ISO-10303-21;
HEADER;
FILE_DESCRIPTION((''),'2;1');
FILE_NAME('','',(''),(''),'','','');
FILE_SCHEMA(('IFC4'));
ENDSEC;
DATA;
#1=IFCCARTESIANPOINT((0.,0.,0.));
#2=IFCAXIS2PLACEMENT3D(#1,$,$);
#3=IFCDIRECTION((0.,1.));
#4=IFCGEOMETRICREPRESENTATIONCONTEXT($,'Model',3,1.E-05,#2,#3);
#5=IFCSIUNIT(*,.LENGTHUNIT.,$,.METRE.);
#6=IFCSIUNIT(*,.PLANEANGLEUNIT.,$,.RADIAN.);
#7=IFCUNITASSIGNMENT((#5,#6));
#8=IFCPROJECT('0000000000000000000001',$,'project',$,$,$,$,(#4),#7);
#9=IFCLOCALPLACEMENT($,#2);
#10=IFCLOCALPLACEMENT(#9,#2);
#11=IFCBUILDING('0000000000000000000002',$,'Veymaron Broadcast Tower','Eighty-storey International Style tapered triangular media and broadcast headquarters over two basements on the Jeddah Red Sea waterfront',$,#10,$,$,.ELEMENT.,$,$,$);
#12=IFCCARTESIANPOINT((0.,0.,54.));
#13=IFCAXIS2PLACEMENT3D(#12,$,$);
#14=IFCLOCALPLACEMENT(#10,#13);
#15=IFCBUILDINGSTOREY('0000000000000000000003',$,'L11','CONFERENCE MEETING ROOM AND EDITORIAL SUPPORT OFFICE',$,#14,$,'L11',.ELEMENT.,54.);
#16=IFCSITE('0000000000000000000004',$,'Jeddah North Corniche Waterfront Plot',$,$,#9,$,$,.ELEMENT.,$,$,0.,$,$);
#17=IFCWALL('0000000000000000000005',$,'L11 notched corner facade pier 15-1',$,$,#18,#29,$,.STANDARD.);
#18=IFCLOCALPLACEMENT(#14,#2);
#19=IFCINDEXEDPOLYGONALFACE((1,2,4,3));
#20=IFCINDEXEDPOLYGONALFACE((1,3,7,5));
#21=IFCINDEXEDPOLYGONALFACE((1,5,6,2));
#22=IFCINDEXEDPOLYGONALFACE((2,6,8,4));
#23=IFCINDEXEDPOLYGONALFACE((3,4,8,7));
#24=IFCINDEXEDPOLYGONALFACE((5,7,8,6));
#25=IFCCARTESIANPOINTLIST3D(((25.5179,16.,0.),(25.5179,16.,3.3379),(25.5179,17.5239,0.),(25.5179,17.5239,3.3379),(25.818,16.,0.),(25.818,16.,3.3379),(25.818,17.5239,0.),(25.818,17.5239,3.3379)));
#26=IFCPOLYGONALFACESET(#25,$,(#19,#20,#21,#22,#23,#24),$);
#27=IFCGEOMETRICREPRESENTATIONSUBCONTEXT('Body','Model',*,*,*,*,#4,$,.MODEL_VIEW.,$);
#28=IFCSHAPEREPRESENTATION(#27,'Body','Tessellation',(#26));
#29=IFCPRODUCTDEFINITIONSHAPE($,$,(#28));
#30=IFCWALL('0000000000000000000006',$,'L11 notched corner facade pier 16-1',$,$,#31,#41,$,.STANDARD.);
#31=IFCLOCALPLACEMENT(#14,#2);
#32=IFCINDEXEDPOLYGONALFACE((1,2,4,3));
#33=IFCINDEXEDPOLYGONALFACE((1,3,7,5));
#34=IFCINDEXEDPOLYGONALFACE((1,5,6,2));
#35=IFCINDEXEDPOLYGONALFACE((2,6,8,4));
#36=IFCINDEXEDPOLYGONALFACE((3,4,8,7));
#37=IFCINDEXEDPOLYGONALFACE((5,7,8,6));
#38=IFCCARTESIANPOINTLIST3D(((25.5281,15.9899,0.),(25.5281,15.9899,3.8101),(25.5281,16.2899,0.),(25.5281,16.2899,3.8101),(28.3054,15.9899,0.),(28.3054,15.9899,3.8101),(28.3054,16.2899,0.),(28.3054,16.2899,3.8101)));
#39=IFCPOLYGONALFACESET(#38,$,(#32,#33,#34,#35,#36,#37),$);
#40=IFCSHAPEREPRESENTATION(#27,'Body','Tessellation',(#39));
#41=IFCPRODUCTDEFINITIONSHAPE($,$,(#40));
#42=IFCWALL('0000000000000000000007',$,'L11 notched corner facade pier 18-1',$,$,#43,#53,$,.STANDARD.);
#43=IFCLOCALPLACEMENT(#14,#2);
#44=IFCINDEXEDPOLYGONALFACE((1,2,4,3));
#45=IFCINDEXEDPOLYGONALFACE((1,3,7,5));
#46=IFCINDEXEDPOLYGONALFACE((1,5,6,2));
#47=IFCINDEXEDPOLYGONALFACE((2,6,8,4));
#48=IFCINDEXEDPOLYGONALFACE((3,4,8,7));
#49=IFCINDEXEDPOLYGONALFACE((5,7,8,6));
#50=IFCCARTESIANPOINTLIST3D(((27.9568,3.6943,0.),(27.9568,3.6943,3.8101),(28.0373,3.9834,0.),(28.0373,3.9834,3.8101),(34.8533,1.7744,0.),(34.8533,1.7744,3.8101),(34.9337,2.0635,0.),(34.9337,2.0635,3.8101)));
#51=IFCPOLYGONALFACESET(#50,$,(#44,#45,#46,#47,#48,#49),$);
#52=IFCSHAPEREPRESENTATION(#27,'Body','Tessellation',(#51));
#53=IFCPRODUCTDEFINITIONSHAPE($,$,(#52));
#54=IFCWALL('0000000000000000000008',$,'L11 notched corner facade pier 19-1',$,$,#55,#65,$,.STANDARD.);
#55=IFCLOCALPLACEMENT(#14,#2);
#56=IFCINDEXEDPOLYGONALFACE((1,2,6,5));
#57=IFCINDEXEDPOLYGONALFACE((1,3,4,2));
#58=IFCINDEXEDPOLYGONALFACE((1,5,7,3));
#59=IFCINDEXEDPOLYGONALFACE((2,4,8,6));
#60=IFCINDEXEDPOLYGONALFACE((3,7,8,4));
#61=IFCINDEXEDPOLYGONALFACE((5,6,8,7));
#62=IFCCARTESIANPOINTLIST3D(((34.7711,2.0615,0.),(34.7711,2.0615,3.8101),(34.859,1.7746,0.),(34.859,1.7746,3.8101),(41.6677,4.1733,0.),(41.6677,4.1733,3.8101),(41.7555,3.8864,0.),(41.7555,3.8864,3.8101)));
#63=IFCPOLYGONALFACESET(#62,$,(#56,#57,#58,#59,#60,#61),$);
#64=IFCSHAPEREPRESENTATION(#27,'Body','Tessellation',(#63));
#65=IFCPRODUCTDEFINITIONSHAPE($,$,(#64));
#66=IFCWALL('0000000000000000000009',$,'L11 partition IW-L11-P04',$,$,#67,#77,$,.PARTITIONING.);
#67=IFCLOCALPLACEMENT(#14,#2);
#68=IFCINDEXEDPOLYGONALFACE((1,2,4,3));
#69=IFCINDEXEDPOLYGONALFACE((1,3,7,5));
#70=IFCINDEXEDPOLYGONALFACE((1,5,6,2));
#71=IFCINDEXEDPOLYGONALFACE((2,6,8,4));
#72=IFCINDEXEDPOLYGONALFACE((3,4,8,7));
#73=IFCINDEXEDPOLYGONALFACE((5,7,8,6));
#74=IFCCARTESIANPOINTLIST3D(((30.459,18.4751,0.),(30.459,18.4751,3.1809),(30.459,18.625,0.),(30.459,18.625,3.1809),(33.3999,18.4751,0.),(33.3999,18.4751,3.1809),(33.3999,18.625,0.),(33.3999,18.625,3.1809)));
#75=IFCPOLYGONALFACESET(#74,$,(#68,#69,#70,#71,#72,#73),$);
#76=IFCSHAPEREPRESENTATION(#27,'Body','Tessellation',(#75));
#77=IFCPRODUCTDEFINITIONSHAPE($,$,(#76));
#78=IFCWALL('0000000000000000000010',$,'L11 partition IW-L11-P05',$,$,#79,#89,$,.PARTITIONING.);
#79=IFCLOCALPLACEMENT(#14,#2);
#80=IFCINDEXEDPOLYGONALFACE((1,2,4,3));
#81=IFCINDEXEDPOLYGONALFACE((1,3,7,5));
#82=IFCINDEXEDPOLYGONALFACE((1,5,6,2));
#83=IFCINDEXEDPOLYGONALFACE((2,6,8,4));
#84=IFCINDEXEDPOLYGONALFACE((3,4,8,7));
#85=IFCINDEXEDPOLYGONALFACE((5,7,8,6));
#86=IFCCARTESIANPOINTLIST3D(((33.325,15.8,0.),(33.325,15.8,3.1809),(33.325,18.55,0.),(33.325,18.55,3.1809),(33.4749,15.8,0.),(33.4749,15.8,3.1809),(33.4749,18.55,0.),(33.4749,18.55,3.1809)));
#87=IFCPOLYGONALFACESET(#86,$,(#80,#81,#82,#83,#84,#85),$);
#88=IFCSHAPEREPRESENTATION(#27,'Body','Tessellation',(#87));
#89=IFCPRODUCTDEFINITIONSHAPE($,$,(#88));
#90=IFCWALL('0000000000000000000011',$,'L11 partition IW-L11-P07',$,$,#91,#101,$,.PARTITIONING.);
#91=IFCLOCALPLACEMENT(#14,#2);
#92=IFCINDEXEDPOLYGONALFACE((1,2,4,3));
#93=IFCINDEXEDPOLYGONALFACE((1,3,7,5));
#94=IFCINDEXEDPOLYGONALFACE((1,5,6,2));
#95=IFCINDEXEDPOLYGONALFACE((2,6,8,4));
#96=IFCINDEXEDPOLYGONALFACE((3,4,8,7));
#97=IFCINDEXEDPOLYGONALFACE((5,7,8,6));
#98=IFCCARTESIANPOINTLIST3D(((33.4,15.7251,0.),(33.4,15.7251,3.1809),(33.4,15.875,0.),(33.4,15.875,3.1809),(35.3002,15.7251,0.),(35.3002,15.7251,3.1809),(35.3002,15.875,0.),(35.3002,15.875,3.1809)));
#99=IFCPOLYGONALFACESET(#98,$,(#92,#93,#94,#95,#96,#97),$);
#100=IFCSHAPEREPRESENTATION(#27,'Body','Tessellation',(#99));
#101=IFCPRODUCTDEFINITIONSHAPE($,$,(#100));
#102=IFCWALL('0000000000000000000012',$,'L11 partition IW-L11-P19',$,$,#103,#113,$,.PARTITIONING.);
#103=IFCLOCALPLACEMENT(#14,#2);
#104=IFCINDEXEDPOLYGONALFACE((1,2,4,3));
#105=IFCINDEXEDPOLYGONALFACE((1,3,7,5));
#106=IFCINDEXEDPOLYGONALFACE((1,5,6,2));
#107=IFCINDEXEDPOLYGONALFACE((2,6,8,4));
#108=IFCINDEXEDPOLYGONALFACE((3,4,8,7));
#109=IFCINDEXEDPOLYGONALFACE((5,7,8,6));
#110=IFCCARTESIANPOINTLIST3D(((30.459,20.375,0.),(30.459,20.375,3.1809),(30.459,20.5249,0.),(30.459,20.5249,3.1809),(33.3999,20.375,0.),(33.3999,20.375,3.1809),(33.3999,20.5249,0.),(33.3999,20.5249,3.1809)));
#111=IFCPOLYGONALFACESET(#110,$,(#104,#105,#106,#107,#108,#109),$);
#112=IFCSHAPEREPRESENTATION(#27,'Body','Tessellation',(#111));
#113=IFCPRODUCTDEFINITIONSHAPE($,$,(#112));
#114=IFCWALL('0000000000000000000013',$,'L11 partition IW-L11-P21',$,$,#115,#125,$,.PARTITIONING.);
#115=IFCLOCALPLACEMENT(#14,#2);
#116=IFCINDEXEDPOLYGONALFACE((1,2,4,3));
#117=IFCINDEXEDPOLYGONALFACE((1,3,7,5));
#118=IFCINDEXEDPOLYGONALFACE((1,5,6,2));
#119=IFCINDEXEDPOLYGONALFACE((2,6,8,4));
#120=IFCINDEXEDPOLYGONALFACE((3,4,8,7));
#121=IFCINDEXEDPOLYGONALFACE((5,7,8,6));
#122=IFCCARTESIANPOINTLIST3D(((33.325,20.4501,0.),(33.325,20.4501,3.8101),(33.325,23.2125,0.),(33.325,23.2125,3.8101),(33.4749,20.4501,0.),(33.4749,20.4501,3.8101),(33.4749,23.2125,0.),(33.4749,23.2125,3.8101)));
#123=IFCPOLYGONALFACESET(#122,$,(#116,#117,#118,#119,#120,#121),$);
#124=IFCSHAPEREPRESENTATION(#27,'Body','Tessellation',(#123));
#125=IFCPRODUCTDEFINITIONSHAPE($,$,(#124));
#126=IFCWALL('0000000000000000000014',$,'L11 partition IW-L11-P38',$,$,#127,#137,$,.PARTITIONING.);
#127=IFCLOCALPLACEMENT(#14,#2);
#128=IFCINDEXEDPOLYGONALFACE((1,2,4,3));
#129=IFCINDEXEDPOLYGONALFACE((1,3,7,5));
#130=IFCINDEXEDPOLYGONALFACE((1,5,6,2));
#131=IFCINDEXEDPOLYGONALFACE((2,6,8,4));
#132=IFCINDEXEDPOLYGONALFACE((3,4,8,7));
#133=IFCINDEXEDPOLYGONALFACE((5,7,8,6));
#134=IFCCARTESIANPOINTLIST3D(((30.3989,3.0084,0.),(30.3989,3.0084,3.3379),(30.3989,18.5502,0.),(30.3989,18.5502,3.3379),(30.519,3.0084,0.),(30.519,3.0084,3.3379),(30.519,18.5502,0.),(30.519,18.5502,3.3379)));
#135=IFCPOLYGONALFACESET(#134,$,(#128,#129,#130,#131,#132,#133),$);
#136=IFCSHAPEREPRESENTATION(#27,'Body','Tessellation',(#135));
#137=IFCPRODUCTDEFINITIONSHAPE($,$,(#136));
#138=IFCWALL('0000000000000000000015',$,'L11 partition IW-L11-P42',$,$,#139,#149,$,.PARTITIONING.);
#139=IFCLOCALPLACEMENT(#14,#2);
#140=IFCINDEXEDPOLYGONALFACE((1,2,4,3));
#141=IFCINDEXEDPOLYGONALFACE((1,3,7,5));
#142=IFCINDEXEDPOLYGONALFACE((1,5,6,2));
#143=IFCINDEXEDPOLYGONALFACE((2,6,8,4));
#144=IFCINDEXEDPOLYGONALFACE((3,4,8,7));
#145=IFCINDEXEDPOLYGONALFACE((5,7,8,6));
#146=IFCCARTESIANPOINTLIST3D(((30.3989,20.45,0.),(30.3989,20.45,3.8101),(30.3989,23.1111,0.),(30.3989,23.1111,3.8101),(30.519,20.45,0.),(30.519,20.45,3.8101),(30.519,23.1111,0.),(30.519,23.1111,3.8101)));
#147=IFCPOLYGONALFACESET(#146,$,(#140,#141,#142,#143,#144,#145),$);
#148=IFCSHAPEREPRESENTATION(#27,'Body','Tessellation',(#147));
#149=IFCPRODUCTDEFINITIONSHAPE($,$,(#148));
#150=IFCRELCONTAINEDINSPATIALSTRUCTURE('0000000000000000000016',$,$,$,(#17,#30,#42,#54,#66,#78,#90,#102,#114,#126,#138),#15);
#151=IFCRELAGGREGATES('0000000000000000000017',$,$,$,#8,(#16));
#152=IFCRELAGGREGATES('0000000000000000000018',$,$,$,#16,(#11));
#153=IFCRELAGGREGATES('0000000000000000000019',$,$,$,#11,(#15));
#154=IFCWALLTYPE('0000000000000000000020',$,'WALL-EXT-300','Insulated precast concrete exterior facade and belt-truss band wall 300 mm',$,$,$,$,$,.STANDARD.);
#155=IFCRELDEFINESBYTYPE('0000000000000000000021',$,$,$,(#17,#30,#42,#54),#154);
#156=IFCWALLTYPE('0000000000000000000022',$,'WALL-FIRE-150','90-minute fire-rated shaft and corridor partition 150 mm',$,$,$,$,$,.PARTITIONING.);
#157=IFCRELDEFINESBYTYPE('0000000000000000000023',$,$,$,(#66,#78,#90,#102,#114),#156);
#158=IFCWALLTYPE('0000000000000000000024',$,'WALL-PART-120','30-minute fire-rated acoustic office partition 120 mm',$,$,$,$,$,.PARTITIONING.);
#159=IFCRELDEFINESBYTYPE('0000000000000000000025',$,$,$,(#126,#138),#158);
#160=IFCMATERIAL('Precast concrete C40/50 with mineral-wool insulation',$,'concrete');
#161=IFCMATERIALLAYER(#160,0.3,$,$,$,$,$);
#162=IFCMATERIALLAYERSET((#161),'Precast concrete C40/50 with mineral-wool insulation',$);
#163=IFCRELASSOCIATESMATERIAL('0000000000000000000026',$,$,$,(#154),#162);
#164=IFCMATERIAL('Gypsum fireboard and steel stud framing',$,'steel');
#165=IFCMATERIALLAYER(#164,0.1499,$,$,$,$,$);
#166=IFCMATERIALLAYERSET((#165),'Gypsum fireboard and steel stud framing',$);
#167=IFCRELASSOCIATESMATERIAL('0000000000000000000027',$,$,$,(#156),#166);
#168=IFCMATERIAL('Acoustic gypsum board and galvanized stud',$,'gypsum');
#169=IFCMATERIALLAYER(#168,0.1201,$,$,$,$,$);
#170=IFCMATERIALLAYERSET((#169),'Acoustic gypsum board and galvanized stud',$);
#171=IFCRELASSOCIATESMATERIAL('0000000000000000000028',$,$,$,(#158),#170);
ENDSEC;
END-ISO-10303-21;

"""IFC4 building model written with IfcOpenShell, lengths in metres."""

from ifc_helpers import new_model, si_unit, direction, frame, frame_2d, origin, place, context, subcontext, project, spatial, rectangle, extrude, material, layer, layer_set, type_object, element, save


model = new_model("IFC4")

# Units and contexts
model_context = context("Model", 3, precision=1e-05, world=origin(), true_north=direction((0.0, 1.0)))
body_context = subcontext(model_context, "Body", "Model", "MODEL_VIEW")
ifc_project = project(units=[si_unit("LENGTHUNIT", "METRE"), si_unit("PLANEANGLEUNIT", "RADIAN")], contexts=[model_context])

# Site, building, storey
site_placement = place(None, origin())
site = spatial("IfcSite", under=ifc_project, at=site_placement, Name="Jeddah North Corniche Waterfront Plot", CompositionType="ELEMENT", RefElevation=0.0)
building_placement = place(site_placement, origin())
building = spatial("IfcBuilding", under=site, at=building_placement, Name="Veymaron Broadcast Tower", Description="Eighty-storey International Style tapered triangular media and broadcast headquarters over two basements on the Jeddah Red Sea waterfront", CompositionType="ELEMENT")
storey_placement = place(building_placement, frame((0.0, 0.0, 54.0)))
storey = spatial("IfcBuildingStorey", under=building, at=storey_placement, Name="L11", Description="CONFERENCE MEETING ROOM AND EDITORIAL SUPPORT OFFICE", LongName="L11", CompositionType="ELEMENT", Elevation=54.0)

# Walls
ifc_material_1 = material(Name="Precast concrete C40/50 with mineral-wool insulation", Category="concrete")
ifc_layer_1 = layer(ifc_material_1, 0.3)
ifc_layer_set_1 = layer_set([ifc_layer_1], Name="Precast concrete C40/50 with mineral-wool insulation")
wall_type_1 = type_object("IfcWallType", Name="WALL-EXT-300", Description="Insulated precast concrete exterior facade and belt-truss band wall 300 mm", PredefinedType="STANDARD", material=ifc_layer_set_1)
wall_1_placement = place(storey_placement, frame((25.668, 17.5239, 0.0), z_axis=(0.0, 0.0, 1.0), x_axis=(0.0, -1.0, 0.0)))
element("IfcWall", 1, at=wall_1_placement, inside=storey, type_object=wall_type_1, Name="L11 notched corner facade pier 15-1", PredefinedType="STANDARD", context=body_context, shape_type="SweptSolid", body=[
    extrude(rectangle(XDim=1.5239, YDim=0.3, at=frame_2d((0.762, 0.0))), origin(), (0.0, 0.0, 1.0), 3.3379),
])
wall_2_placement = place(storey_placement, frame((25.5281, 16.1399, 0.0), z_axis=(0.0, 0.0, 1.0), x_axis=(1.0, 0.0, 0.0)))
element("IfcWall", 2, at=wall_2_placement, inside=storey, type_object=wall_type_1, Name="L11 notched corner facade pier 16-1", PredefinedType="STANDARD", context=body_context, shape_type="SweptSolid", body=[
    extrude(rectangle(XDim=2.7773, YDim=0.3, at=frame_2d((1.3887, 0.0))), origin(), (0.0, 0.0, 1.0), 3.8101),
])
wall_3_placement = place(storey_placement, frame((27.9971, 3.8389, 0.0), z_axis=(0.0, 0.0, 1.0), x_axis=(0.963365, -0.268193, 0.0)))
element("IfcWall", 3, at=wall_3_placement, inside=storey, type_object=wall_type_1, Name="L11 notched corner facade pier 18-1", PredefinedType="STANDARD", context=body_context, shape_type="SweptSolid", body=[
    extrude(rectangle(XDim=7.1587, YDim=0.3, at=frame_2d((3.5793, 0.0))), origin(), (0.0, 0.0, 1.0), 3.8101),
])
wall_4_placement = place(storey_placement, frame((34.8149, 1.918, 0.0), z_axis=(0.0, 0.0, 1.0), x_axis=(0.956175, 0.292796, 0.0)))
element("IfcWall", 4, at=wall_4_placement, inside=storey, type_object=wall_type_1, Name="L11 notched corner facade pier 19-1", PredefinedType="STANDARD", context=body_context, shape_type="SweptSolid", body=[
    extrude(rectangle(XDim=7.2126, YDim=0.3, at=frame_2d((3.6064, 0.0))), origin(), (0.0, 0.0, 1.0), 3.8101),
])
ifc_material_2 = material(Name="Gypsum fireboard and steel stud framing", Category="steel")
ifc_layer_2 = layer(ifc_material_2, 0.1499)
ifc_layer_set_2 = layer_set([ifc_layer_2], Name="Gypsum fireboard and steel stud framing")
wall_type_2 = type_object("IfcWallType", Name="WALL-FIRE-150", Description="90-minute fire-rated shaft and corridor partition 150 mm", PredefinedType="PARTITIONING", material=ifc_layer_set_2)
wall_5_placement = place(storey_placement, frame((30.459, 18.55, 0.0), z_axis=(0.0, 0.0, 1.0), x_axis=(1.0, 0.0, 0.0)))
element("IfcWall", 5, at=wall_5_placement, inside=storey, type_object=wall_type_2, Name="L11 partition IW-L11-P04", PredefinedType="PARTITIONING", context=body_context, shape_type="SweptSolid", body=[
    extrude(rectangle(XDim=2.9409, YDim=0.1499, at=frame_2d((1.4705, 0.0))), origin(), (0.0, 0.0, 1.0), 3.1809),
])
wall_6_placement = place(storey_placement, frame((33.3999, 15.8, 0.0), z_axis=(0.0, 0.0, 1.0), x_axis=(0.0, 1.0, 0.0)))
element("IfcWall", 6, at=wall_6_placement, inside=storey, type_object=wall_type_2, Name="L11 partition IW-L11-P05", PredefinedType="PARTITIONING", context=body_context, shape_type="SweptSolid", body=[
    extrude(rectangle(XDim=2.75, YDim=0.1499, at=frame_2d((1.375, 0.0))), origin(), (0.0, 0.0, 1.0), 3.1809),
])
wall_7_placement = place(storey_placement, frame((33.3999, 15.8, 0.0), z_axis=(0.0, 0.0, 1.0), x_axis=(1.0, 0.0, 0.0)))
element("IfcWall", 7, at=wall_7_placement, inside=storey, type_object=wall_type_2, Name="L11 partition IW-L11-P07", PredefinedType="PARTITIONING", context=body_context, shape_type="SweptSolid", body=[
    extrude(rectangle(XDim=1.9001, YDim=0.1499, at=frame_2d((0.9502, 0.0))), origin(), (0.0, 0.0, 1.0), 3.1809),
])
wall_8_placement = place(storey_placement, frame((30.459, 20.45, 0.0), z_axis=(0.0, 0.0, 1.0), x_axis=(1.0, 0.0, 0.0)))
element("IfcWall", 8, at=wall_8_placement, inside=storey, type_object=wall_type_2, Name="L11 partition IW-L11-P19", PredefinedType="PARTITIONING", context=body_context, shape_type="SweptSolid", body=[
    extrude(rectangle(XDim=2.9409, YDim=0.1499, at=frame_2d((1.4705, 0.0))), origin(), (0.0, 0.0, 1.0), 3.1809),
])
wall_9_placement = place(storey_placement, frame((33.3999, 20.45, 0.0), z_axis=(0.0, 0.0, 1.0), x_axis=(0.0, 1.0, 0.0)))
element("IfcWall", 9, at=wall_9_placement, inside=storey, type_object=wall_type_2, Name="L11 partition IW-L11-P21", PredefinedType="PARTITIONING", context=body_context, shape_type="SweptSolid", body=[
    extrude(rectangle(XDim=2.7625, YDim=0.1499, at=frame_2d((1.3813, 0.0))), origin(), (0.0, 0.0, 1.0), 3.8101),
])
ifc_material_3 = material(Name="Acoustic gypsum board and galvanized stud", Category="gypsum")
ifc_layer_3 = layer(ifc_material_3, 0.1201)
ifc_layer_set_3 = layer_set([ifc_layer_3], Name="Acoustic gypsum board and galvanized stud")
wall_type_3 = type_object("IfcWallType", Name="WALL-PART-120", Description="30-minute fire-rated acoustic office partition 120 mm", PredefinedType="PARTITIONING", material=ifc_layer_set_3)
wall_10_placement = place(storey_placement, frame((30.459, 3.0083, 0.0), z_axis=(0.0, 0.0, 1.0), x_axis=(0.0, 1.0, 0.0)))
element("IfcWall", 10, at=wall_10_placement, inside=storey, type_object=wall_type_3, Name="L11 partition IW-L11-P38", PredefinedType="PARTITIONING", context=body_context, shape_type="SweptSolid", body=[
    extrude(rectangle(XDim=15.5417, YDim=0.1201, at=frame_2d((7.771, 0.0))), origin(), (0.0, 0.0, 1.0), 3.3379),
])
wall_11_placement = place(storey_placement, frame((30.459, 20.45, 0.0), z_axis=(0.0, 0.0, 1.0), x_axis=(0.0, 1.0, 0.0)))
element("IfcWall", 11, at=wall_11_placement, inside=storey, type_object=wall_type_3, Name="L11 partition IW-L11-P42", PredefinedType="PARTITIONING", context=body_context, shape_type="SweptSolid", body=[
    extrude(rectangle(XDim=2.6611, YDim=0.1201, at=frame_2d((1.3306, 0.0))), origin(), (0.0, 0.0, 1.0), 3.8101),
])

save(model, "model.ifc")
